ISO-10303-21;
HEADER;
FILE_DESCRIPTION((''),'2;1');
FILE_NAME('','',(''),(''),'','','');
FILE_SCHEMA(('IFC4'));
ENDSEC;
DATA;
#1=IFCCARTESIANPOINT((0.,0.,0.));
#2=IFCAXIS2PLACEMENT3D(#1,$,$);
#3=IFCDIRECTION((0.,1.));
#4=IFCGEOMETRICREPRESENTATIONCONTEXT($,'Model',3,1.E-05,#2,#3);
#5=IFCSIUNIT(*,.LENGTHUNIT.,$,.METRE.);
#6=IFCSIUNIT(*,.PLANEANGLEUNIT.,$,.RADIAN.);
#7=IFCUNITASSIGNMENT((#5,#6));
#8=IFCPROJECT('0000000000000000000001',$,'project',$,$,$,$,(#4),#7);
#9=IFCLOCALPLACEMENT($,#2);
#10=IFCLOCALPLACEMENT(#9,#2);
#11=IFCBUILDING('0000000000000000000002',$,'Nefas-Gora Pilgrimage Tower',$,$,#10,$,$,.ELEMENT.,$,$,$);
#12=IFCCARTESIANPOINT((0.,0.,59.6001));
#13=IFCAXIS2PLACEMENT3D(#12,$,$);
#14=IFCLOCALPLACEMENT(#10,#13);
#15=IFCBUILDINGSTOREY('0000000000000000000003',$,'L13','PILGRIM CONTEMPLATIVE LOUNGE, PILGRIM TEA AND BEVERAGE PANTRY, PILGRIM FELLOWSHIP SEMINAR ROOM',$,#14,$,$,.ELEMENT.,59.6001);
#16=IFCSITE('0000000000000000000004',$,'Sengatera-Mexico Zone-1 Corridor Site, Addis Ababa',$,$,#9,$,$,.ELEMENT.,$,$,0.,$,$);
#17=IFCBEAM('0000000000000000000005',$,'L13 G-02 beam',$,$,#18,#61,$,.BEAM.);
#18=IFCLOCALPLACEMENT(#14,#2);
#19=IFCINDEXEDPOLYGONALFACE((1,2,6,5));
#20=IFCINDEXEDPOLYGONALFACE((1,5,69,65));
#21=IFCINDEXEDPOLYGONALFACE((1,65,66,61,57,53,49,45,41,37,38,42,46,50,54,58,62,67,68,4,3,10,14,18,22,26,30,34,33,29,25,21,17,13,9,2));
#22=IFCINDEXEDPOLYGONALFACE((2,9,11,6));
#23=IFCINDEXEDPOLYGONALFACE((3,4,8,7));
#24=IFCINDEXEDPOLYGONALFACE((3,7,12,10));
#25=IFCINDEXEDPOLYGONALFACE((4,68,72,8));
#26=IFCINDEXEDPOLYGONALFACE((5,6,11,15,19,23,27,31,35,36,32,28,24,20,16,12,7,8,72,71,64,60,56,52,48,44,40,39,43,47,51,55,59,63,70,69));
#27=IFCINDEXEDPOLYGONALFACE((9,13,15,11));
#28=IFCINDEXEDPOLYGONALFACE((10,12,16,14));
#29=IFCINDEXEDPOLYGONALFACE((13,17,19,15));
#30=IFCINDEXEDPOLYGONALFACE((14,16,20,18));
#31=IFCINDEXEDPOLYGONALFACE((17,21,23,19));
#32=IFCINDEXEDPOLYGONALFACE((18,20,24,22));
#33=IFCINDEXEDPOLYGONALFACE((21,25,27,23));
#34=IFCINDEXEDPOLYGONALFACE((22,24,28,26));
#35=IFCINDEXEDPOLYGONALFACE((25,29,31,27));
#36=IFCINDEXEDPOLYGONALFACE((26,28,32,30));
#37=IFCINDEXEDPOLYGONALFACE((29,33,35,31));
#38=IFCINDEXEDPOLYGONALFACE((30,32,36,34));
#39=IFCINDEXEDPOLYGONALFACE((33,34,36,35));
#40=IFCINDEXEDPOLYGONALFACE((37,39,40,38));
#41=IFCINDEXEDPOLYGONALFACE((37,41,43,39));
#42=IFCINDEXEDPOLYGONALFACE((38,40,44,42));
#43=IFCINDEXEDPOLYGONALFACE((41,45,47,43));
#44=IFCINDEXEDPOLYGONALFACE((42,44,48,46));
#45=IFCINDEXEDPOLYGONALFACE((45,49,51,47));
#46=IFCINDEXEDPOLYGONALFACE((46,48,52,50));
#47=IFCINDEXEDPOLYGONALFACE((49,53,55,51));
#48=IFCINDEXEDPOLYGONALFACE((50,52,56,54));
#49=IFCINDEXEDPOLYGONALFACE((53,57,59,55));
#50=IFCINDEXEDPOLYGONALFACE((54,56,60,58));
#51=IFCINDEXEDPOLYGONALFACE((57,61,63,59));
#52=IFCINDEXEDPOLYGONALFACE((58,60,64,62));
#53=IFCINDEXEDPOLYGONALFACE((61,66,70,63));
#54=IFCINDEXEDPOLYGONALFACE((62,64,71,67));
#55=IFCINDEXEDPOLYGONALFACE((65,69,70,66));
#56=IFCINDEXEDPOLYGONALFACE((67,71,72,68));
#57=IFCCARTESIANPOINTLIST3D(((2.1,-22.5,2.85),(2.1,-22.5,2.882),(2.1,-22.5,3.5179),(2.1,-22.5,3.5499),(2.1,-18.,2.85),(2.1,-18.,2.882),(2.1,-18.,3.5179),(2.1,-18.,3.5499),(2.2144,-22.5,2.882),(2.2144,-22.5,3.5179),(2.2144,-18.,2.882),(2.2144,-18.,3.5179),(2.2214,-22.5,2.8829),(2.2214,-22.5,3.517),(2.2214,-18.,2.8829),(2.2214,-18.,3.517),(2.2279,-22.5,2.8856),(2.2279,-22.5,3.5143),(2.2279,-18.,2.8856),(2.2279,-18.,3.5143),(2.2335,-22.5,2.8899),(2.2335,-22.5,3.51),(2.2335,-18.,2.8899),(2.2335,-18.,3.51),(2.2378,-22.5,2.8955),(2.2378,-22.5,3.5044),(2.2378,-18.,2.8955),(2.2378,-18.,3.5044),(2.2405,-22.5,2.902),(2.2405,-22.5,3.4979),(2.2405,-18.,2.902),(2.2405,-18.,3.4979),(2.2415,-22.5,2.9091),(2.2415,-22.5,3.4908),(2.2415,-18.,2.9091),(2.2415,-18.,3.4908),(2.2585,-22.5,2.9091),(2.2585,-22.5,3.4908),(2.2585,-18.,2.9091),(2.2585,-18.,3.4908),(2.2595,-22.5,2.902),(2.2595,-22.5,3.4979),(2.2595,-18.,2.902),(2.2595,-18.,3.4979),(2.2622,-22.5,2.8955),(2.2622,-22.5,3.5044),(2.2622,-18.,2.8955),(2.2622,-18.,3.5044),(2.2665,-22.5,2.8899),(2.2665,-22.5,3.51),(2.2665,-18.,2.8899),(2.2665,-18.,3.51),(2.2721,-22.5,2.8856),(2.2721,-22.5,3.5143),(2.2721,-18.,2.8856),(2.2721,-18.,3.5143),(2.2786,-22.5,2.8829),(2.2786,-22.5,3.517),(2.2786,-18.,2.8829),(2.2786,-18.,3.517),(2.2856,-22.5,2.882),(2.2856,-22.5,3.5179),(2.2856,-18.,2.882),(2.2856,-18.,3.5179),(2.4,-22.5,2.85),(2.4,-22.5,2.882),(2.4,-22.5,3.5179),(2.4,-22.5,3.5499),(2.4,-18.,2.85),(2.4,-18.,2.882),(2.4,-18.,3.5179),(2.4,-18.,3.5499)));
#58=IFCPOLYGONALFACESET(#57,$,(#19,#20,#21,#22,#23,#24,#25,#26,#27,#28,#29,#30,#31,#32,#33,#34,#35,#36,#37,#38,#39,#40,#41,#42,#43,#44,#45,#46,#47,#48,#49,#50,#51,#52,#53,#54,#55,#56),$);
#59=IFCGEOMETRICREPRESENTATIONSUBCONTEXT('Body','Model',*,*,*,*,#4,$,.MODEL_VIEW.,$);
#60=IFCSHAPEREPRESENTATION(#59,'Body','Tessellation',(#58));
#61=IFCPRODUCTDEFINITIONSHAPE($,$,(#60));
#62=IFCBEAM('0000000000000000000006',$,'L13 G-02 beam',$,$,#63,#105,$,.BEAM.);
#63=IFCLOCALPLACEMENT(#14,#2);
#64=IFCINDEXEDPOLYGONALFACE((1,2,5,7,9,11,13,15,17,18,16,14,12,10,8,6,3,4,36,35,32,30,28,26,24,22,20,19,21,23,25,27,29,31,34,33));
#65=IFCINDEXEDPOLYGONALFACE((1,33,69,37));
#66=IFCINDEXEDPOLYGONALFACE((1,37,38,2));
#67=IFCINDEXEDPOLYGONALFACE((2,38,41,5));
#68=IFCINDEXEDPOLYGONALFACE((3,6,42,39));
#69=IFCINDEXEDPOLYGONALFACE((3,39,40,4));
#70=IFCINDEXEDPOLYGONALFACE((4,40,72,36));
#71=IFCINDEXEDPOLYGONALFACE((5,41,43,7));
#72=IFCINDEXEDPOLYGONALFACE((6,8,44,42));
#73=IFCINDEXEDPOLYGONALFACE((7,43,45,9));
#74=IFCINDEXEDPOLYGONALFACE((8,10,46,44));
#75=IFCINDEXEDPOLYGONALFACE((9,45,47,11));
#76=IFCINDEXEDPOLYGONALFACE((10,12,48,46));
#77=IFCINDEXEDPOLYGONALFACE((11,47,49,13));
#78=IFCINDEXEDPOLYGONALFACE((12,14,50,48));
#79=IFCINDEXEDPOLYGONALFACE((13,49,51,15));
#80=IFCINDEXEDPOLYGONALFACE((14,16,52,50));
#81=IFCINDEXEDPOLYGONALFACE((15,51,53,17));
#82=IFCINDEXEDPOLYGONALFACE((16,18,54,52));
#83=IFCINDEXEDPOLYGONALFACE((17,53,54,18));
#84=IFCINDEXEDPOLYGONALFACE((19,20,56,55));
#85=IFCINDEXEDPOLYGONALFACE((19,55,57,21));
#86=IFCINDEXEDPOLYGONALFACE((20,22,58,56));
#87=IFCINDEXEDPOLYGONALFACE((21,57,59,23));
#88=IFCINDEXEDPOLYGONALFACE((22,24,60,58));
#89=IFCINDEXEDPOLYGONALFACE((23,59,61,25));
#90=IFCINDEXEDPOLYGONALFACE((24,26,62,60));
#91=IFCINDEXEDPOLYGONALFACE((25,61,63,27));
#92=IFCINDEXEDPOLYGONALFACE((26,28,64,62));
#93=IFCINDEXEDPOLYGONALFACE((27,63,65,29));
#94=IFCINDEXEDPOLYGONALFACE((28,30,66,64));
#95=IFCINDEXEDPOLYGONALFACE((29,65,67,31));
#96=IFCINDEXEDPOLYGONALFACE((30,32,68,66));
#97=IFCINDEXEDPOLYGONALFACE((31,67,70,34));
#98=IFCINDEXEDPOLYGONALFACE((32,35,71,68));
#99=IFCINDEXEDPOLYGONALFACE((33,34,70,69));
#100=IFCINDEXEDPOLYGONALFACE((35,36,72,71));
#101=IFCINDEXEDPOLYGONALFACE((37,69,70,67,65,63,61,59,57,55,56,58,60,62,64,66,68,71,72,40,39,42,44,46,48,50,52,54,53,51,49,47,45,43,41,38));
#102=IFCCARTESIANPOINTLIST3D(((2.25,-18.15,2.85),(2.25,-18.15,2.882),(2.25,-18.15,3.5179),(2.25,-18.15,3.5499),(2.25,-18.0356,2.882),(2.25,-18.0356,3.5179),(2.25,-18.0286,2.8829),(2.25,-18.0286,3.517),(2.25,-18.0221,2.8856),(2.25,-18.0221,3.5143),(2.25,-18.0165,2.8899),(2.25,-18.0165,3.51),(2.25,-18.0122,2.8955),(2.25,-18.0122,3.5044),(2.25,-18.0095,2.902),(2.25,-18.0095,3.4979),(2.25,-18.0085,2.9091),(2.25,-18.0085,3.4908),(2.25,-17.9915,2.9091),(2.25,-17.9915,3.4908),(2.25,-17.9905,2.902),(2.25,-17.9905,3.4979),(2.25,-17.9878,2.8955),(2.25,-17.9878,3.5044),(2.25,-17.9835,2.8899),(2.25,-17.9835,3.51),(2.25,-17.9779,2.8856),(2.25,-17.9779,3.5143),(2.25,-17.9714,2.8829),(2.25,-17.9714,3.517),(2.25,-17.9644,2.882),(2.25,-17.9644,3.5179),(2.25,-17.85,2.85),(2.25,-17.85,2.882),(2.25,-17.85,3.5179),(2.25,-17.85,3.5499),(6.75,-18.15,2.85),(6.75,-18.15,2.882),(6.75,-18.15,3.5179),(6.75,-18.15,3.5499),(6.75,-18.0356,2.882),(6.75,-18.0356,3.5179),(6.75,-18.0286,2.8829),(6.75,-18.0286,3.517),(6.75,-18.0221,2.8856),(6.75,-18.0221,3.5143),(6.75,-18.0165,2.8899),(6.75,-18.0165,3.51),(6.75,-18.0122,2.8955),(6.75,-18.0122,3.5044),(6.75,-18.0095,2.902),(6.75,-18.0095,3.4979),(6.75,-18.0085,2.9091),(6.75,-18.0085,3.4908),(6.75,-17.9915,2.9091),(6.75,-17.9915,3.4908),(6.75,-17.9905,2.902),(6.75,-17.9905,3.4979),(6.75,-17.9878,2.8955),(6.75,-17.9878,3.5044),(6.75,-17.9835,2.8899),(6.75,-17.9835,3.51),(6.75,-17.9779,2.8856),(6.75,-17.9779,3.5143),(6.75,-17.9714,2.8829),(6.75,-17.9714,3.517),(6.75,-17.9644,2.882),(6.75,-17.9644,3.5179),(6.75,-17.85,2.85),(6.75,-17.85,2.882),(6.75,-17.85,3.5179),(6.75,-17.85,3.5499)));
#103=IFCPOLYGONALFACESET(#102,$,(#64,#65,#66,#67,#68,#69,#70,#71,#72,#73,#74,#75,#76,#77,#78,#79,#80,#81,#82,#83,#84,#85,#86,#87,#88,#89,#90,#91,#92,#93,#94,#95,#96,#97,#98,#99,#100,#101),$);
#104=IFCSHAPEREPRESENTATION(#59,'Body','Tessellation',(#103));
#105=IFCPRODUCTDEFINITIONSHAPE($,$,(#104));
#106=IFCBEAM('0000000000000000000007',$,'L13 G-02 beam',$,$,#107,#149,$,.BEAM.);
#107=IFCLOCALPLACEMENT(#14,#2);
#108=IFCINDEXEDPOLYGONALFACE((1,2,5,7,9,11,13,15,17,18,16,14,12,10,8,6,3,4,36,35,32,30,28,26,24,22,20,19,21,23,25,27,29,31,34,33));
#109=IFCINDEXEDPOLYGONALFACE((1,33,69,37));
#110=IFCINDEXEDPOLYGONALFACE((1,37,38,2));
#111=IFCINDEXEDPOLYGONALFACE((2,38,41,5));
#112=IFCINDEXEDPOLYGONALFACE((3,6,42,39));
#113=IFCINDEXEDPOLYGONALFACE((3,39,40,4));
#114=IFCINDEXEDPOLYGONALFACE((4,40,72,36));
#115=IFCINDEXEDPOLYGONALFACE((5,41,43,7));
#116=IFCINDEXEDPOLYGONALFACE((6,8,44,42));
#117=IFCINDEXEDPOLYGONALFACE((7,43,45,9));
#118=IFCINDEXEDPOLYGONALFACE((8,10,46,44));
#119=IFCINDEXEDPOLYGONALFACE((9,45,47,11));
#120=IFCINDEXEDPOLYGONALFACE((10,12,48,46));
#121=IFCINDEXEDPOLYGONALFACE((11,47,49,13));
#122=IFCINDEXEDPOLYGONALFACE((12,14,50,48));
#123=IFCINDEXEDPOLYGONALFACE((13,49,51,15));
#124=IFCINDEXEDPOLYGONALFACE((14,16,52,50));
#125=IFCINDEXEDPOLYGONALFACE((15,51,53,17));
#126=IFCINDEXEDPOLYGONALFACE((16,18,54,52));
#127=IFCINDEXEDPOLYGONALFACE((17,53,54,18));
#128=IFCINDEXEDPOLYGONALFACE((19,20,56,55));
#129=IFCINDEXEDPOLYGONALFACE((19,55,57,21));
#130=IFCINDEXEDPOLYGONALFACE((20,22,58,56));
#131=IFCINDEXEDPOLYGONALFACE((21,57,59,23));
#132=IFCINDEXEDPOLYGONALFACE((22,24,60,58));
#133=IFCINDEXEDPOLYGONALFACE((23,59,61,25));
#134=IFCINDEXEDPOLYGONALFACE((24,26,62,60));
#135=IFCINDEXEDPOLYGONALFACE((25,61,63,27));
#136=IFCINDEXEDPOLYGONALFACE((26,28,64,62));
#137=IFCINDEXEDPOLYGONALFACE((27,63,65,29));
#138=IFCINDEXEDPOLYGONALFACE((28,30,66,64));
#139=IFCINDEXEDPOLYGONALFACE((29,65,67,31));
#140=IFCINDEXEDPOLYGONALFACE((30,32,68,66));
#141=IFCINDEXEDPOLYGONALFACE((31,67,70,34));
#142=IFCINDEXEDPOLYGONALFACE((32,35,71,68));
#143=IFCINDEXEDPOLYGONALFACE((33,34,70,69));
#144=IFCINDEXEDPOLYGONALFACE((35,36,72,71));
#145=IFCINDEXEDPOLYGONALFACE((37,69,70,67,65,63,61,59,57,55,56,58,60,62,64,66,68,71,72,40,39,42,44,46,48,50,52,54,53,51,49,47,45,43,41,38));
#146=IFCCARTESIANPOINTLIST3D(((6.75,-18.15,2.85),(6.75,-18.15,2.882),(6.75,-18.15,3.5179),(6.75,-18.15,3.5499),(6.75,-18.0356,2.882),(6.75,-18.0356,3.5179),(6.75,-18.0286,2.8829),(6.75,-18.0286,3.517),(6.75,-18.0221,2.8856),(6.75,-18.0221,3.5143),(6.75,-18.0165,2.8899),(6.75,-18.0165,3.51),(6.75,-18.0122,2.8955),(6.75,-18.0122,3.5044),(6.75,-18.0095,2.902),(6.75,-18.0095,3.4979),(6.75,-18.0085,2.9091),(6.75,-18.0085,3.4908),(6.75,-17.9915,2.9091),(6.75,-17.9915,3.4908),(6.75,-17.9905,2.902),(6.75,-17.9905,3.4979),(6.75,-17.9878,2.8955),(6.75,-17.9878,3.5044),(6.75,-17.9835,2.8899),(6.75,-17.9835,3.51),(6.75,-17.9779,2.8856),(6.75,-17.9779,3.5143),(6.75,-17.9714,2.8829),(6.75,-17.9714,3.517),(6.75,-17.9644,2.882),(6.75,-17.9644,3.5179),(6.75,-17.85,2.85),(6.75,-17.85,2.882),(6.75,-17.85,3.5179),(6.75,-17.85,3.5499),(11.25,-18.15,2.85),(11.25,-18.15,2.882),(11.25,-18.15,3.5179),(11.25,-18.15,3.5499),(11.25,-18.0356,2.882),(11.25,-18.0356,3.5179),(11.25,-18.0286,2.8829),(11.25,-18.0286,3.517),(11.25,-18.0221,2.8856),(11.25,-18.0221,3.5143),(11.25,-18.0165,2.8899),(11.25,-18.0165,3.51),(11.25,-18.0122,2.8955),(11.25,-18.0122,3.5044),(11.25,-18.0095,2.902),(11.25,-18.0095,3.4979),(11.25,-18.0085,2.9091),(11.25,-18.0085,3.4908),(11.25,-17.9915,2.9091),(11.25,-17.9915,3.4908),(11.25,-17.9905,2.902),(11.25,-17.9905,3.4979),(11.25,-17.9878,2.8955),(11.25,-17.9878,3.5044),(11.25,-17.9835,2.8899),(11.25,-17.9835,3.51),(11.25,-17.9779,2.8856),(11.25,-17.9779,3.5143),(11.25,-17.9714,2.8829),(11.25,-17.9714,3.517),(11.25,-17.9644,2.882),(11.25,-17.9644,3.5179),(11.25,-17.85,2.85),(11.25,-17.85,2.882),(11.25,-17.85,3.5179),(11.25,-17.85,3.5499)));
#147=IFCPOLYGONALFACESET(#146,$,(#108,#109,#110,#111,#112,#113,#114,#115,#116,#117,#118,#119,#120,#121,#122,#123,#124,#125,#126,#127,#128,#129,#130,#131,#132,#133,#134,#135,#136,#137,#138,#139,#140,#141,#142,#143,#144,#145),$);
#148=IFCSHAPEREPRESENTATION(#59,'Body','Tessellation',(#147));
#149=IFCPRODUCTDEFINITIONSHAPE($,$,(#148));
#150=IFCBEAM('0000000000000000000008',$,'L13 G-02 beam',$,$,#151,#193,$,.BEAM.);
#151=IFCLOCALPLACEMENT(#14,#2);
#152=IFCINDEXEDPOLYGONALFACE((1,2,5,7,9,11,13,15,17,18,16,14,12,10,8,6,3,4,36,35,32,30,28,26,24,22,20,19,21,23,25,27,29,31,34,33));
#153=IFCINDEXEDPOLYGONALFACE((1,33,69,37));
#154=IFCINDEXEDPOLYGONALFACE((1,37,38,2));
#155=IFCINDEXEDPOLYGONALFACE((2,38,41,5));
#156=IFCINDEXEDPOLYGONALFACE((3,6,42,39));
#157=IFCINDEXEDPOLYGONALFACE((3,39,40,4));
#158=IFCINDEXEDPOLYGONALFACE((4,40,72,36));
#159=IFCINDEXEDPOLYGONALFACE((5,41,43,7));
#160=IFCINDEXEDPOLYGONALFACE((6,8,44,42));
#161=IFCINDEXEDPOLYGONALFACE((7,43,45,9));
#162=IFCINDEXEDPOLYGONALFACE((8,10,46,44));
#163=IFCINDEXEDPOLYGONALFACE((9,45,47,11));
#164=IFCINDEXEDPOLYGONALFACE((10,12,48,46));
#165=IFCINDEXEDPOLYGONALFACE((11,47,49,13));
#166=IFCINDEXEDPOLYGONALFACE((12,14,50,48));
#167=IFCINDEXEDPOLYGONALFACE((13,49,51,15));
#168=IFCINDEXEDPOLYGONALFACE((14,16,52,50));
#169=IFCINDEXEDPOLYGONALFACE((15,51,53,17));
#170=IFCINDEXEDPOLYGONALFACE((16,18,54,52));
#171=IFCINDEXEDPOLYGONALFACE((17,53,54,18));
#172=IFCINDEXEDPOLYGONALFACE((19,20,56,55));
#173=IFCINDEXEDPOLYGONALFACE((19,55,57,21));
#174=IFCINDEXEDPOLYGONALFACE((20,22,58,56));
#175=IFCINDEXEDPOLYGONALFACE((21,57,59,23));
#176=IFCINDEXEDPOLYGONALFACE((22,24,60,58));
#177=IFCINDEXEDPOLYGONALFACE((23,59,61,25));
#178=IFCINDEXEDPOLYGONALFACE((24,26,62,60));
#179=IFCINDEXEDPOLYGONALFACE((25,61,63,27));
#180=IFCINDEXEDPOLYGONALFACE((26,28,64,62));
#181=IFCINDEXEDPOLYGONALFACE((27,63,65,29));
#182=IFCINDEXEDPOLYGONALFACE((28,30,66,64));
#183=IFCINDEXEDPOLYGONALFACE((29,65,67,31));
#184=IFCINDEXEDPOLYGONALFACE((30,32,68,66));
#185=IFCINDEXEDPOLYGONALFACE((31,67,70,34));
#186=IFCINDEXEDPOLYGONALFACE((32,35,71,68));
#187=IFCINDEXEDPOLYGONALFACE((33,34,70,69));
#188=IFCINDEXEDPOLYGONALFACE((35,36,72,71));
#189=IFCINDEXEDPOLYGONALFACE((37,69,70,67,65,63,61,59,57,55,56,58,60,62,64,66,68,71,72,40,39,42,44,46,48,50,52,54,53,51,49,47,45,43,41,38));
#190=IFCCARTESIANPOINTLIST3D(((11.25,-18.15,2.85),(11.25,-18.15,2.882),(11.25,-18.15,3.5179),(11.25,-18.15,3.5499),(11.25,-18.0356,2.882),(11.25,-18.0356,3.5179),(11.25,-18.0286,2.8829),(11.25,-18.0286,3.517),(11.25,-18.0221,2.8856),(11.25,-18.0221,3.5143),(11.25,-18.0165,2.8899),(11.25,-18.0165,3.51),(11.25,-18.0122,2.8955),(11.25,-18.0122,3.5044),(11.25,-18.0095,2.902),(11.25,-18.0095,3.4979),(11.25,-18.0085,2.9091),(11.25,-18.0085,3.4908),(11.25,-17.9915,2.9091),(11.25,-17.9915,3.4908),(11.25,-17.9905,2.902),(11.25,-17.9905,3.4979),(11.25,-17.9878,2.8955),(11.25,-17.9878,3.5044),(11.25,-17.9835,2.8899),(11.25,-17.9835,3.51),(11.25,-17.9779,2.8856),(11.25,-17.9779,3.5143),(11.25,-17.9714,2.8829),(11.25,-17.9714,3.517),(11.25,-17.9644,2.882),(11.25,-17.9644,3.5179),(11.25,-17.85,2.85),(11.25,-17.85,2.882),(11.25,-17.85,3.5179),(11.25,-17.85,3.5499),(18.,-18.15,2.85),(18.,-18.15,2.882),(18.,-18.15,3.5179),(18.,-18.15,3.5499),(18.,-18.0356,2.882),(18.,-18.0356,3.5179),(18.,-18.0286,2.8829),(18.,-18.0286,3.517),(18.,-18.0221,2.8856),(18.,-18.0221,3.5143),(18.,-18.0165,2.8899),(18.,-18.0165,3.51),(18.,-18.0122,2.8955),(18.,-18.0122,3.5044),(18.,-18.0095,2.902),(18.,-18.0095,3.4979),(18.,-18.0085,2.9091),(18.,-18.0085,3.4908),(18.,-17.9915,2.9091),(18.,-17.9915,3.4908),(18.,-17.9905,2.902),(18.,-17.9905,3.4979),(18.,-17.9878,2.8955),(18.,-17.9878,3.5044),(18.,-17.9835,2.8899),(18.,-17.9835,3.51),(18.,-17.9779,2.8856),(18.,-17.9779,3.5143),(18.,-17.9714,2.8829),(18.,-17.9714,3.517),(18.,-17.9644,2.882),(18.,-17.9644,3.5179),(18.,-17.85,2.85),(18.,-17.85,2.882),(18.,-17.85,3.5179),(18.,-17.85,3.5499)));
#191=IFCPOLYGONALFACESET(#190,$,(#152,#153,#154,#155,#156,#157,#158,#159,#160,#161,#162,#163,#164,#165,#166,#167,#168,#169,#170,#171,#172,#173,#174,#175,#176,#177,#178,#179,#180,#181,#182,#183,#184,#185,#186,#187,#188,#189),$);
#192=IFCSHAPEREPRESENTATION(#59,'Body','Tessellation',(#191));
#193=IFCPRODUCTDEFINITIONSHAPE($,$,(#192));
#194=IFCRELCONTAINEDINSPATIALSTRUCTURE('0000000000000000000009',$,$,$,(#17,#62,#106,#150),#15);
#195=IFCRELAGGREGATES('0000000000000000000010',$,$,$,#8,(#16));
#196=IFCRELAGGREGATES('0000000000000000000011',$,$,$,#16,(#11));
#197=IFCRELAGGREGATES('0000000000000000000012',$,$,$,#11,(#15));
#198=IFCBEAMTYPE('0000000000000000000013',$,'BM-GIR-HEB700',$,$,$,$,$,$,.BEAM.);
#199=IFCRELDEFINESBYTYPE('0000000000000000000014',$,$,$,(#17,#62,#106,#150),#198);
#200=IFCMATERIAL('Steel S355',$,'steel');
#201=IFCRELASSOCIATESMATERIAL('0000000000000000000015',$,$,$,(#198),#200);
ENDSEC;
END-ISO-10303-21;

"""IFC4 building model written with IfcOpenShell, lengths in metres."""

from ifc_helpers import new_model, si_unit, direction, frame, origin, origin_2d, place, context, subcontext, project, spatial, i_section, extrude, source, transform, mapped, material, material_profile, profile_set, type_object, element, save


model = new_model("IFC4")

# Units and contexts
model_context = context("Model", 3, precision=1e-05, world=origin(), true_north=direction((0.0, 1.0)))
body_context = subcontext(model_context, "Body", "Model", "MODEL_VIEW")
ifc_project = project(units=[si_unit("LENGTHUNIT", "METRE"), si_unit("PLANEANGLEUNIT", "RADIAN")], contexts=[model_context])

# Site, building, storey
site_placement = place(None, origin())
site = spatial("IfcSite", under=ifc_project, at=site_placement, Name="Sengatera-Mexico Zone-1 Corridor Site, Addis Ababa", CompositionType="ELEMENT", RefElevation=0.0)
building_placement = place(site_placement, origin())
building = spatial("IfcBuilding", under=site, at=building_placement, Name="Nefas-Gora Pilgrimage Tower", CompositionType="ELEMENT")
storey_placement = place(building_placement, frame((0.0, 0.0, 59.6001)))
storey = spatial("IfcBuildingStorey", under=building, at=storey_placement, Name="L13", Description="PILGRIM CONTEMPLATIVE LOUNGE, PILGRIM TEA AND BEVERAGE PANTRY, PILGRIM FELLOWSHIP SEMINAR ROOM", CompositionType="ELEMENT", Elevation=59.6001)

# Beams
ifc_material_1 = material(Name="Steel S355", Category="steel")
ifc_material_profile_1 = material_profile(ifc_material_1, i_section(OverallWidth=0.3, OverallDepth=0.7, WebThickness=0.0171, FlangeThickness=0.032, FilletRadius=0.0271, at=origin_2d()), Name="HEB 700")
ifc_profile_set_1 = profile_set([ifc_material_profile_1], Name="Steel S355")
beam_type_1 = type_object("IfcBeamType", Name="BM-GIR-HEB700", PredefinedType="BEAM", material=ifc_profile_set_1)
shared_shape_1 = source(origin(), body_context, "Body", "SweptSolid", [
    extrude(i_section(OverallWidth=0.3, OverallDepth=0.7, WebThickness=0.0171, FlangeThickness=0.032, FilletRadius=0.0271, at=origin_2d()), origin(), (0.0, 0.0, 1.0), 4.5),
])
for number, where, z_axis, x_axis, name in (
    (1, (2.25, -22.5, 3.2), (0.0, 1.0, 0.0), (-1.0, 0.0, 0.0), "L13 G-02 beam"),
    (2, (2.25, -18.0, 3.2), (1.0, 0.0, 0.0), (0.0, 1.0, 0.0), "L13 G-02 beam"),
    (3, (6.75, -18.0, 3.2), (1.0, 0.0, 0.0), (0.0, 1.0, 0.0), "L13 G-02 beam"),
):
    element("IfcBeam", number, at=place(storey_placement, frame(where, z_axis=z_axis, x_axis=x_axis)), inside=storey, type_object=beam_type_1, Name=name, PredefinedType="BEAM", context=body_context, shape_type="MappedRepresentation", body=[
        mapped(shared_shape_1, transform((0.0, 0.0, 0.0), x_axis=(1.0, 0.0, 0.0), y_axis=(0.0, 1.0, 0.0), z_axis=(0.0, 0.0, 1.0), scale=1.0)),
    ])
shared_shape_2 = source(origin(), body_context, "Body", "SweptSolid", [
    extrude(i_section(OverallWidth=0.3, OverallDepth=0.7, WebThickness=0.0171, FlangeThickness=0.032, FilletRadius=0.0271, at=origin_2d()), origin(), (0.0, 0.0, 1.0), 6.75),
])
beam_1_placement = place(storey_placement, frame((11.25, -18.0, 3.2), z_axis=(1.0, 0.0, 0.0), x_axis=(0.0, 1.0, 0.0)))
element("IfcBeam", 4, at=beam_1_placement, inside=storey, type_object=beam_type_1, Name="L13 G-02 beam", PredefinedType="BEAM", context=body_context, shape_type="MappedRepresentation", body=[
    mapped(shared_shape_2, transform((0.0, 0.0, 0.0), x_axis=(1.0, 0.0, 0.0), y_axis=(0.0, 1.0, 0.0), z_axis=(0.0, 0.0, 1.0), scale=1.0)),
])

save(model, "model.ifc")
